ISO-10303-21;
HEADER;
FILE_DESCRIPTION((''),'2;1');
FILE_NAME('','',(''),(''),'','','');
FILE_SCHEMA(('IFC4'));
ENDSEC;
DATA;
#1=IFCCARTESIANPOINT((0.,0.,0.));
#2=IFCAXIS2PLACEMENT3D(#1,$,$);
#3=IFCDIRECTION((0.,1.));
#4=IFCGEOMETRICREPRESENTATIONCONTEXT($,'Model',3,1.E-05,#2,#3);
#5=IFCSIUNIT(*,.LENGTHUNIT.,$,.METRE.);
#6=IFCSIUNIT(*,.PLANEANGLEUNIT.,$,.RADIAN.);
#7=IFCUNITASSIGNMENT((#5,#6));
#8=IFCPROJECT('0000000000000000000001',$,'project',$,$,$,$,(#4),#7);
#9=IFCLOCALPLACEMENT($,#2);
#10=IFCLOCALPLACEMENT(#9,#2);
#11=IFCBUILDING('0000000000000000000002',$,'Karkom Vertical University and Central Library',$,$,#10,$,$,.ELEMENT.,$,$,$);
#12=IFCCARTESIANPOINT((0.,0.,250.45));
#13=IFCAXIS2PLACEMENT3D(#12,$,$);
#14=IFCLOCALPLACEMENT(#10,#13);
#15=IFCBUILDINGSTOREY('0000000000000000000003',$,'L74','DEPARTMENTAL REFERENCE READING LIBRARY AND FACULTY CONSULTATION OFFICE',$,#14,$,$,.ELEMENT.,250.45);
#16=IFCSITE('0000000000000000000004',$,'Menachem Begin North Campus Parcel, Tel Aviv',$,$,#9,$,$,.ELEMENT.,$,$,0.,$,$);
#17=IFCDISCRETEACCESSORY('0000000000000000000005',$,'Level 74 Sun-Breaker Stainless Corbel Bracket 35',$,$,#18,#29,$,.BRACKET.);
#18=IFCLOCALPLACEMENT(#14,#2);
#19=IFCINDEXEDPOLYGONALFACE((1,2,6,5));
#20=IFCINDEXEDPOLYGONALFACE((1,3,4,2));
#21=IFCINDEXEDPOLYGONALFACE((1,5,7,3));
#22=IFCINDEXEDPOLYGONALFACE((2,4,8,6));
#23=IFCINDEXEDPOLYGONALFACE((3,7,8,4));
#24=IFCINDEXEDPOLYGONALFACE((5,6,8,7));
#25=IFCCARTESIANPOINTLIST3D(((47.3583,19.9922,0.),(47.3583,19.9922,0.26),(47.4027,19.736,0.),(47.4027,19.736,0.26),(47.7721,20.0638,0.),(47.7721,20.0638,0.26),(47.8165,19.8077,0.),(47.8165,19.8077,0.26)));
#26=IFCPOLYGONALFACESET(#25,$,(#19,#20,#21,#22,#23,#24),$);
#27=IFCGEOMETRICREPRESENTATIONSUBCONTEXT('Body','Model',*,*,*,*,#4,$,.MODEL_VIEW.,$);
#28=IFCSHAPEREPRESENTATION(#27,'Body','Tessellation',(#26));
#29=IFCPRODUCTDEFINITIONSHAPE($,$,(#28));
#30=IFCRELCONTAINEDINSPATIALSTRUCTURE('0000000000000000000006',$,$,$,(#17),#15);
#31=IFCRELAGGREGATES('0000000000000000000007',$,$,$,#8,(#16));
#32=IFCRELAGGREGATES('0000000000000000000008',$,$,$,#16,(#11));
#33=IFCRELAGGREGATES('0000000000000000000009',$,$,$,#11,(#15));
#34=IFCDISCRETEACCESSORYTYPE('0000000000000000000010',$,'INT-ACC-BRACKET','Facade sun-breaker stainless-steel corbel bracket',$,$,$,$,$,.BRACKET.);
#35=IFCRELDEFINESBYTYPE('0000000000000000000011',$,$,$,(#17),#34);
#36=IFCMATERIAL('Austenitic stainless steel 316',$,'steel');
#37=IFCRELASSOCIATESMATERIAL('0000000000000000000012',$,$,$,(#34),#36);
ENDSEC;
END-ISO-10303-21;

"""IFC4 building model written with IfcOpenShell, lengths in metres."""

from ifc_helpers import new_model, si_unit, direction, frame, origin, origin_with_axes, origin_2d, place, context, subcontext, project, spatial, rectangle, extrude, source, transform, mapped, material, type_object, element, save


model = new_model("IFC4")

# Units and contexts
model_context = context("Model", 3, precision=1e-05, world=origin(), true_north=direction((0.0, 1.0)))
body_context = subcontext(model_context, "Body", "Model", "MODEL_VIEW")
ifc_project = project(units=[si_unit("LENGTHUNIT", "METRE"), si_unit("PLANEANGLEUNIT", "RADIAN")], contexts=[model_context])

# Site, building, storey
site_placement = place(None, origin())
site = spatial("IfcSite", under=ifc_project, at=site_placement, Name="Menachem Begin North Campus Parcel, Tel Aviv", CompositionType="ELEMENT", RefElevation=0.0)
building_placement = place(site_placement, origin())
building = spatial("IfcBuilding", under=site, at=building_placement, Name="Karkom Vertical University and Central Library", CompositionType="ELEMENT")
storey_placement = place(building_placement, frame((0.0, 0.0, 250.45)))
storey = spatial("IfcBuildingStorey", under=building, at=storey_placement, Name="L74", Description="DEPARTMENTAL REFERENCE READING LIBRARY AND FACULTY CONSULTATION OFFICE", CompositionType="ELEMENT", Elevation=250.45)

# Discrete accessory
ifc_material_1 = material(Name="Austenitic stainless steel 316", Category="steel")
discrete_accessory_type = type_object("IfcDiscreteAccessoryType", Name="INT-ACC-BRACKET", Description="Facade sun-breaker stainless-steel corbel bracket", PredefinedType="BRACKET", material=ifc_material_1)
shared_shape_1 = source(origin_with_axes(), body_context, "Body", "SweptSolid", [
    extrude(rectangle(XDim=0.26, YDim=0.4199, at=origin_2d()), origin(), (0.0, 0.0, 1.0), 0.26),
])
discrete_accessory_placement = place(storey_placement, frame((47.5874, 19.8999, 0.0), z_axis=(0.0, 0.0, 1.0), x_axis=(-0.170725, 0.985319, 0.0)))
element("IfcDiscreteAccessory", 1, at=discrete_accessory_placement, inside=storey, type_object=discrete_accessory_type, Name="Level 74 Sun-Breaker Stainless Corbel Bracket 35", PredefinedType="BRACKET", context=body_context, shape_type="MappedRepresentation", body=[
    mapped(shared_shape_1, transform((0.0, 0.0, 0.0), scale=1.0)),
])

save(model, "model.ifc")
